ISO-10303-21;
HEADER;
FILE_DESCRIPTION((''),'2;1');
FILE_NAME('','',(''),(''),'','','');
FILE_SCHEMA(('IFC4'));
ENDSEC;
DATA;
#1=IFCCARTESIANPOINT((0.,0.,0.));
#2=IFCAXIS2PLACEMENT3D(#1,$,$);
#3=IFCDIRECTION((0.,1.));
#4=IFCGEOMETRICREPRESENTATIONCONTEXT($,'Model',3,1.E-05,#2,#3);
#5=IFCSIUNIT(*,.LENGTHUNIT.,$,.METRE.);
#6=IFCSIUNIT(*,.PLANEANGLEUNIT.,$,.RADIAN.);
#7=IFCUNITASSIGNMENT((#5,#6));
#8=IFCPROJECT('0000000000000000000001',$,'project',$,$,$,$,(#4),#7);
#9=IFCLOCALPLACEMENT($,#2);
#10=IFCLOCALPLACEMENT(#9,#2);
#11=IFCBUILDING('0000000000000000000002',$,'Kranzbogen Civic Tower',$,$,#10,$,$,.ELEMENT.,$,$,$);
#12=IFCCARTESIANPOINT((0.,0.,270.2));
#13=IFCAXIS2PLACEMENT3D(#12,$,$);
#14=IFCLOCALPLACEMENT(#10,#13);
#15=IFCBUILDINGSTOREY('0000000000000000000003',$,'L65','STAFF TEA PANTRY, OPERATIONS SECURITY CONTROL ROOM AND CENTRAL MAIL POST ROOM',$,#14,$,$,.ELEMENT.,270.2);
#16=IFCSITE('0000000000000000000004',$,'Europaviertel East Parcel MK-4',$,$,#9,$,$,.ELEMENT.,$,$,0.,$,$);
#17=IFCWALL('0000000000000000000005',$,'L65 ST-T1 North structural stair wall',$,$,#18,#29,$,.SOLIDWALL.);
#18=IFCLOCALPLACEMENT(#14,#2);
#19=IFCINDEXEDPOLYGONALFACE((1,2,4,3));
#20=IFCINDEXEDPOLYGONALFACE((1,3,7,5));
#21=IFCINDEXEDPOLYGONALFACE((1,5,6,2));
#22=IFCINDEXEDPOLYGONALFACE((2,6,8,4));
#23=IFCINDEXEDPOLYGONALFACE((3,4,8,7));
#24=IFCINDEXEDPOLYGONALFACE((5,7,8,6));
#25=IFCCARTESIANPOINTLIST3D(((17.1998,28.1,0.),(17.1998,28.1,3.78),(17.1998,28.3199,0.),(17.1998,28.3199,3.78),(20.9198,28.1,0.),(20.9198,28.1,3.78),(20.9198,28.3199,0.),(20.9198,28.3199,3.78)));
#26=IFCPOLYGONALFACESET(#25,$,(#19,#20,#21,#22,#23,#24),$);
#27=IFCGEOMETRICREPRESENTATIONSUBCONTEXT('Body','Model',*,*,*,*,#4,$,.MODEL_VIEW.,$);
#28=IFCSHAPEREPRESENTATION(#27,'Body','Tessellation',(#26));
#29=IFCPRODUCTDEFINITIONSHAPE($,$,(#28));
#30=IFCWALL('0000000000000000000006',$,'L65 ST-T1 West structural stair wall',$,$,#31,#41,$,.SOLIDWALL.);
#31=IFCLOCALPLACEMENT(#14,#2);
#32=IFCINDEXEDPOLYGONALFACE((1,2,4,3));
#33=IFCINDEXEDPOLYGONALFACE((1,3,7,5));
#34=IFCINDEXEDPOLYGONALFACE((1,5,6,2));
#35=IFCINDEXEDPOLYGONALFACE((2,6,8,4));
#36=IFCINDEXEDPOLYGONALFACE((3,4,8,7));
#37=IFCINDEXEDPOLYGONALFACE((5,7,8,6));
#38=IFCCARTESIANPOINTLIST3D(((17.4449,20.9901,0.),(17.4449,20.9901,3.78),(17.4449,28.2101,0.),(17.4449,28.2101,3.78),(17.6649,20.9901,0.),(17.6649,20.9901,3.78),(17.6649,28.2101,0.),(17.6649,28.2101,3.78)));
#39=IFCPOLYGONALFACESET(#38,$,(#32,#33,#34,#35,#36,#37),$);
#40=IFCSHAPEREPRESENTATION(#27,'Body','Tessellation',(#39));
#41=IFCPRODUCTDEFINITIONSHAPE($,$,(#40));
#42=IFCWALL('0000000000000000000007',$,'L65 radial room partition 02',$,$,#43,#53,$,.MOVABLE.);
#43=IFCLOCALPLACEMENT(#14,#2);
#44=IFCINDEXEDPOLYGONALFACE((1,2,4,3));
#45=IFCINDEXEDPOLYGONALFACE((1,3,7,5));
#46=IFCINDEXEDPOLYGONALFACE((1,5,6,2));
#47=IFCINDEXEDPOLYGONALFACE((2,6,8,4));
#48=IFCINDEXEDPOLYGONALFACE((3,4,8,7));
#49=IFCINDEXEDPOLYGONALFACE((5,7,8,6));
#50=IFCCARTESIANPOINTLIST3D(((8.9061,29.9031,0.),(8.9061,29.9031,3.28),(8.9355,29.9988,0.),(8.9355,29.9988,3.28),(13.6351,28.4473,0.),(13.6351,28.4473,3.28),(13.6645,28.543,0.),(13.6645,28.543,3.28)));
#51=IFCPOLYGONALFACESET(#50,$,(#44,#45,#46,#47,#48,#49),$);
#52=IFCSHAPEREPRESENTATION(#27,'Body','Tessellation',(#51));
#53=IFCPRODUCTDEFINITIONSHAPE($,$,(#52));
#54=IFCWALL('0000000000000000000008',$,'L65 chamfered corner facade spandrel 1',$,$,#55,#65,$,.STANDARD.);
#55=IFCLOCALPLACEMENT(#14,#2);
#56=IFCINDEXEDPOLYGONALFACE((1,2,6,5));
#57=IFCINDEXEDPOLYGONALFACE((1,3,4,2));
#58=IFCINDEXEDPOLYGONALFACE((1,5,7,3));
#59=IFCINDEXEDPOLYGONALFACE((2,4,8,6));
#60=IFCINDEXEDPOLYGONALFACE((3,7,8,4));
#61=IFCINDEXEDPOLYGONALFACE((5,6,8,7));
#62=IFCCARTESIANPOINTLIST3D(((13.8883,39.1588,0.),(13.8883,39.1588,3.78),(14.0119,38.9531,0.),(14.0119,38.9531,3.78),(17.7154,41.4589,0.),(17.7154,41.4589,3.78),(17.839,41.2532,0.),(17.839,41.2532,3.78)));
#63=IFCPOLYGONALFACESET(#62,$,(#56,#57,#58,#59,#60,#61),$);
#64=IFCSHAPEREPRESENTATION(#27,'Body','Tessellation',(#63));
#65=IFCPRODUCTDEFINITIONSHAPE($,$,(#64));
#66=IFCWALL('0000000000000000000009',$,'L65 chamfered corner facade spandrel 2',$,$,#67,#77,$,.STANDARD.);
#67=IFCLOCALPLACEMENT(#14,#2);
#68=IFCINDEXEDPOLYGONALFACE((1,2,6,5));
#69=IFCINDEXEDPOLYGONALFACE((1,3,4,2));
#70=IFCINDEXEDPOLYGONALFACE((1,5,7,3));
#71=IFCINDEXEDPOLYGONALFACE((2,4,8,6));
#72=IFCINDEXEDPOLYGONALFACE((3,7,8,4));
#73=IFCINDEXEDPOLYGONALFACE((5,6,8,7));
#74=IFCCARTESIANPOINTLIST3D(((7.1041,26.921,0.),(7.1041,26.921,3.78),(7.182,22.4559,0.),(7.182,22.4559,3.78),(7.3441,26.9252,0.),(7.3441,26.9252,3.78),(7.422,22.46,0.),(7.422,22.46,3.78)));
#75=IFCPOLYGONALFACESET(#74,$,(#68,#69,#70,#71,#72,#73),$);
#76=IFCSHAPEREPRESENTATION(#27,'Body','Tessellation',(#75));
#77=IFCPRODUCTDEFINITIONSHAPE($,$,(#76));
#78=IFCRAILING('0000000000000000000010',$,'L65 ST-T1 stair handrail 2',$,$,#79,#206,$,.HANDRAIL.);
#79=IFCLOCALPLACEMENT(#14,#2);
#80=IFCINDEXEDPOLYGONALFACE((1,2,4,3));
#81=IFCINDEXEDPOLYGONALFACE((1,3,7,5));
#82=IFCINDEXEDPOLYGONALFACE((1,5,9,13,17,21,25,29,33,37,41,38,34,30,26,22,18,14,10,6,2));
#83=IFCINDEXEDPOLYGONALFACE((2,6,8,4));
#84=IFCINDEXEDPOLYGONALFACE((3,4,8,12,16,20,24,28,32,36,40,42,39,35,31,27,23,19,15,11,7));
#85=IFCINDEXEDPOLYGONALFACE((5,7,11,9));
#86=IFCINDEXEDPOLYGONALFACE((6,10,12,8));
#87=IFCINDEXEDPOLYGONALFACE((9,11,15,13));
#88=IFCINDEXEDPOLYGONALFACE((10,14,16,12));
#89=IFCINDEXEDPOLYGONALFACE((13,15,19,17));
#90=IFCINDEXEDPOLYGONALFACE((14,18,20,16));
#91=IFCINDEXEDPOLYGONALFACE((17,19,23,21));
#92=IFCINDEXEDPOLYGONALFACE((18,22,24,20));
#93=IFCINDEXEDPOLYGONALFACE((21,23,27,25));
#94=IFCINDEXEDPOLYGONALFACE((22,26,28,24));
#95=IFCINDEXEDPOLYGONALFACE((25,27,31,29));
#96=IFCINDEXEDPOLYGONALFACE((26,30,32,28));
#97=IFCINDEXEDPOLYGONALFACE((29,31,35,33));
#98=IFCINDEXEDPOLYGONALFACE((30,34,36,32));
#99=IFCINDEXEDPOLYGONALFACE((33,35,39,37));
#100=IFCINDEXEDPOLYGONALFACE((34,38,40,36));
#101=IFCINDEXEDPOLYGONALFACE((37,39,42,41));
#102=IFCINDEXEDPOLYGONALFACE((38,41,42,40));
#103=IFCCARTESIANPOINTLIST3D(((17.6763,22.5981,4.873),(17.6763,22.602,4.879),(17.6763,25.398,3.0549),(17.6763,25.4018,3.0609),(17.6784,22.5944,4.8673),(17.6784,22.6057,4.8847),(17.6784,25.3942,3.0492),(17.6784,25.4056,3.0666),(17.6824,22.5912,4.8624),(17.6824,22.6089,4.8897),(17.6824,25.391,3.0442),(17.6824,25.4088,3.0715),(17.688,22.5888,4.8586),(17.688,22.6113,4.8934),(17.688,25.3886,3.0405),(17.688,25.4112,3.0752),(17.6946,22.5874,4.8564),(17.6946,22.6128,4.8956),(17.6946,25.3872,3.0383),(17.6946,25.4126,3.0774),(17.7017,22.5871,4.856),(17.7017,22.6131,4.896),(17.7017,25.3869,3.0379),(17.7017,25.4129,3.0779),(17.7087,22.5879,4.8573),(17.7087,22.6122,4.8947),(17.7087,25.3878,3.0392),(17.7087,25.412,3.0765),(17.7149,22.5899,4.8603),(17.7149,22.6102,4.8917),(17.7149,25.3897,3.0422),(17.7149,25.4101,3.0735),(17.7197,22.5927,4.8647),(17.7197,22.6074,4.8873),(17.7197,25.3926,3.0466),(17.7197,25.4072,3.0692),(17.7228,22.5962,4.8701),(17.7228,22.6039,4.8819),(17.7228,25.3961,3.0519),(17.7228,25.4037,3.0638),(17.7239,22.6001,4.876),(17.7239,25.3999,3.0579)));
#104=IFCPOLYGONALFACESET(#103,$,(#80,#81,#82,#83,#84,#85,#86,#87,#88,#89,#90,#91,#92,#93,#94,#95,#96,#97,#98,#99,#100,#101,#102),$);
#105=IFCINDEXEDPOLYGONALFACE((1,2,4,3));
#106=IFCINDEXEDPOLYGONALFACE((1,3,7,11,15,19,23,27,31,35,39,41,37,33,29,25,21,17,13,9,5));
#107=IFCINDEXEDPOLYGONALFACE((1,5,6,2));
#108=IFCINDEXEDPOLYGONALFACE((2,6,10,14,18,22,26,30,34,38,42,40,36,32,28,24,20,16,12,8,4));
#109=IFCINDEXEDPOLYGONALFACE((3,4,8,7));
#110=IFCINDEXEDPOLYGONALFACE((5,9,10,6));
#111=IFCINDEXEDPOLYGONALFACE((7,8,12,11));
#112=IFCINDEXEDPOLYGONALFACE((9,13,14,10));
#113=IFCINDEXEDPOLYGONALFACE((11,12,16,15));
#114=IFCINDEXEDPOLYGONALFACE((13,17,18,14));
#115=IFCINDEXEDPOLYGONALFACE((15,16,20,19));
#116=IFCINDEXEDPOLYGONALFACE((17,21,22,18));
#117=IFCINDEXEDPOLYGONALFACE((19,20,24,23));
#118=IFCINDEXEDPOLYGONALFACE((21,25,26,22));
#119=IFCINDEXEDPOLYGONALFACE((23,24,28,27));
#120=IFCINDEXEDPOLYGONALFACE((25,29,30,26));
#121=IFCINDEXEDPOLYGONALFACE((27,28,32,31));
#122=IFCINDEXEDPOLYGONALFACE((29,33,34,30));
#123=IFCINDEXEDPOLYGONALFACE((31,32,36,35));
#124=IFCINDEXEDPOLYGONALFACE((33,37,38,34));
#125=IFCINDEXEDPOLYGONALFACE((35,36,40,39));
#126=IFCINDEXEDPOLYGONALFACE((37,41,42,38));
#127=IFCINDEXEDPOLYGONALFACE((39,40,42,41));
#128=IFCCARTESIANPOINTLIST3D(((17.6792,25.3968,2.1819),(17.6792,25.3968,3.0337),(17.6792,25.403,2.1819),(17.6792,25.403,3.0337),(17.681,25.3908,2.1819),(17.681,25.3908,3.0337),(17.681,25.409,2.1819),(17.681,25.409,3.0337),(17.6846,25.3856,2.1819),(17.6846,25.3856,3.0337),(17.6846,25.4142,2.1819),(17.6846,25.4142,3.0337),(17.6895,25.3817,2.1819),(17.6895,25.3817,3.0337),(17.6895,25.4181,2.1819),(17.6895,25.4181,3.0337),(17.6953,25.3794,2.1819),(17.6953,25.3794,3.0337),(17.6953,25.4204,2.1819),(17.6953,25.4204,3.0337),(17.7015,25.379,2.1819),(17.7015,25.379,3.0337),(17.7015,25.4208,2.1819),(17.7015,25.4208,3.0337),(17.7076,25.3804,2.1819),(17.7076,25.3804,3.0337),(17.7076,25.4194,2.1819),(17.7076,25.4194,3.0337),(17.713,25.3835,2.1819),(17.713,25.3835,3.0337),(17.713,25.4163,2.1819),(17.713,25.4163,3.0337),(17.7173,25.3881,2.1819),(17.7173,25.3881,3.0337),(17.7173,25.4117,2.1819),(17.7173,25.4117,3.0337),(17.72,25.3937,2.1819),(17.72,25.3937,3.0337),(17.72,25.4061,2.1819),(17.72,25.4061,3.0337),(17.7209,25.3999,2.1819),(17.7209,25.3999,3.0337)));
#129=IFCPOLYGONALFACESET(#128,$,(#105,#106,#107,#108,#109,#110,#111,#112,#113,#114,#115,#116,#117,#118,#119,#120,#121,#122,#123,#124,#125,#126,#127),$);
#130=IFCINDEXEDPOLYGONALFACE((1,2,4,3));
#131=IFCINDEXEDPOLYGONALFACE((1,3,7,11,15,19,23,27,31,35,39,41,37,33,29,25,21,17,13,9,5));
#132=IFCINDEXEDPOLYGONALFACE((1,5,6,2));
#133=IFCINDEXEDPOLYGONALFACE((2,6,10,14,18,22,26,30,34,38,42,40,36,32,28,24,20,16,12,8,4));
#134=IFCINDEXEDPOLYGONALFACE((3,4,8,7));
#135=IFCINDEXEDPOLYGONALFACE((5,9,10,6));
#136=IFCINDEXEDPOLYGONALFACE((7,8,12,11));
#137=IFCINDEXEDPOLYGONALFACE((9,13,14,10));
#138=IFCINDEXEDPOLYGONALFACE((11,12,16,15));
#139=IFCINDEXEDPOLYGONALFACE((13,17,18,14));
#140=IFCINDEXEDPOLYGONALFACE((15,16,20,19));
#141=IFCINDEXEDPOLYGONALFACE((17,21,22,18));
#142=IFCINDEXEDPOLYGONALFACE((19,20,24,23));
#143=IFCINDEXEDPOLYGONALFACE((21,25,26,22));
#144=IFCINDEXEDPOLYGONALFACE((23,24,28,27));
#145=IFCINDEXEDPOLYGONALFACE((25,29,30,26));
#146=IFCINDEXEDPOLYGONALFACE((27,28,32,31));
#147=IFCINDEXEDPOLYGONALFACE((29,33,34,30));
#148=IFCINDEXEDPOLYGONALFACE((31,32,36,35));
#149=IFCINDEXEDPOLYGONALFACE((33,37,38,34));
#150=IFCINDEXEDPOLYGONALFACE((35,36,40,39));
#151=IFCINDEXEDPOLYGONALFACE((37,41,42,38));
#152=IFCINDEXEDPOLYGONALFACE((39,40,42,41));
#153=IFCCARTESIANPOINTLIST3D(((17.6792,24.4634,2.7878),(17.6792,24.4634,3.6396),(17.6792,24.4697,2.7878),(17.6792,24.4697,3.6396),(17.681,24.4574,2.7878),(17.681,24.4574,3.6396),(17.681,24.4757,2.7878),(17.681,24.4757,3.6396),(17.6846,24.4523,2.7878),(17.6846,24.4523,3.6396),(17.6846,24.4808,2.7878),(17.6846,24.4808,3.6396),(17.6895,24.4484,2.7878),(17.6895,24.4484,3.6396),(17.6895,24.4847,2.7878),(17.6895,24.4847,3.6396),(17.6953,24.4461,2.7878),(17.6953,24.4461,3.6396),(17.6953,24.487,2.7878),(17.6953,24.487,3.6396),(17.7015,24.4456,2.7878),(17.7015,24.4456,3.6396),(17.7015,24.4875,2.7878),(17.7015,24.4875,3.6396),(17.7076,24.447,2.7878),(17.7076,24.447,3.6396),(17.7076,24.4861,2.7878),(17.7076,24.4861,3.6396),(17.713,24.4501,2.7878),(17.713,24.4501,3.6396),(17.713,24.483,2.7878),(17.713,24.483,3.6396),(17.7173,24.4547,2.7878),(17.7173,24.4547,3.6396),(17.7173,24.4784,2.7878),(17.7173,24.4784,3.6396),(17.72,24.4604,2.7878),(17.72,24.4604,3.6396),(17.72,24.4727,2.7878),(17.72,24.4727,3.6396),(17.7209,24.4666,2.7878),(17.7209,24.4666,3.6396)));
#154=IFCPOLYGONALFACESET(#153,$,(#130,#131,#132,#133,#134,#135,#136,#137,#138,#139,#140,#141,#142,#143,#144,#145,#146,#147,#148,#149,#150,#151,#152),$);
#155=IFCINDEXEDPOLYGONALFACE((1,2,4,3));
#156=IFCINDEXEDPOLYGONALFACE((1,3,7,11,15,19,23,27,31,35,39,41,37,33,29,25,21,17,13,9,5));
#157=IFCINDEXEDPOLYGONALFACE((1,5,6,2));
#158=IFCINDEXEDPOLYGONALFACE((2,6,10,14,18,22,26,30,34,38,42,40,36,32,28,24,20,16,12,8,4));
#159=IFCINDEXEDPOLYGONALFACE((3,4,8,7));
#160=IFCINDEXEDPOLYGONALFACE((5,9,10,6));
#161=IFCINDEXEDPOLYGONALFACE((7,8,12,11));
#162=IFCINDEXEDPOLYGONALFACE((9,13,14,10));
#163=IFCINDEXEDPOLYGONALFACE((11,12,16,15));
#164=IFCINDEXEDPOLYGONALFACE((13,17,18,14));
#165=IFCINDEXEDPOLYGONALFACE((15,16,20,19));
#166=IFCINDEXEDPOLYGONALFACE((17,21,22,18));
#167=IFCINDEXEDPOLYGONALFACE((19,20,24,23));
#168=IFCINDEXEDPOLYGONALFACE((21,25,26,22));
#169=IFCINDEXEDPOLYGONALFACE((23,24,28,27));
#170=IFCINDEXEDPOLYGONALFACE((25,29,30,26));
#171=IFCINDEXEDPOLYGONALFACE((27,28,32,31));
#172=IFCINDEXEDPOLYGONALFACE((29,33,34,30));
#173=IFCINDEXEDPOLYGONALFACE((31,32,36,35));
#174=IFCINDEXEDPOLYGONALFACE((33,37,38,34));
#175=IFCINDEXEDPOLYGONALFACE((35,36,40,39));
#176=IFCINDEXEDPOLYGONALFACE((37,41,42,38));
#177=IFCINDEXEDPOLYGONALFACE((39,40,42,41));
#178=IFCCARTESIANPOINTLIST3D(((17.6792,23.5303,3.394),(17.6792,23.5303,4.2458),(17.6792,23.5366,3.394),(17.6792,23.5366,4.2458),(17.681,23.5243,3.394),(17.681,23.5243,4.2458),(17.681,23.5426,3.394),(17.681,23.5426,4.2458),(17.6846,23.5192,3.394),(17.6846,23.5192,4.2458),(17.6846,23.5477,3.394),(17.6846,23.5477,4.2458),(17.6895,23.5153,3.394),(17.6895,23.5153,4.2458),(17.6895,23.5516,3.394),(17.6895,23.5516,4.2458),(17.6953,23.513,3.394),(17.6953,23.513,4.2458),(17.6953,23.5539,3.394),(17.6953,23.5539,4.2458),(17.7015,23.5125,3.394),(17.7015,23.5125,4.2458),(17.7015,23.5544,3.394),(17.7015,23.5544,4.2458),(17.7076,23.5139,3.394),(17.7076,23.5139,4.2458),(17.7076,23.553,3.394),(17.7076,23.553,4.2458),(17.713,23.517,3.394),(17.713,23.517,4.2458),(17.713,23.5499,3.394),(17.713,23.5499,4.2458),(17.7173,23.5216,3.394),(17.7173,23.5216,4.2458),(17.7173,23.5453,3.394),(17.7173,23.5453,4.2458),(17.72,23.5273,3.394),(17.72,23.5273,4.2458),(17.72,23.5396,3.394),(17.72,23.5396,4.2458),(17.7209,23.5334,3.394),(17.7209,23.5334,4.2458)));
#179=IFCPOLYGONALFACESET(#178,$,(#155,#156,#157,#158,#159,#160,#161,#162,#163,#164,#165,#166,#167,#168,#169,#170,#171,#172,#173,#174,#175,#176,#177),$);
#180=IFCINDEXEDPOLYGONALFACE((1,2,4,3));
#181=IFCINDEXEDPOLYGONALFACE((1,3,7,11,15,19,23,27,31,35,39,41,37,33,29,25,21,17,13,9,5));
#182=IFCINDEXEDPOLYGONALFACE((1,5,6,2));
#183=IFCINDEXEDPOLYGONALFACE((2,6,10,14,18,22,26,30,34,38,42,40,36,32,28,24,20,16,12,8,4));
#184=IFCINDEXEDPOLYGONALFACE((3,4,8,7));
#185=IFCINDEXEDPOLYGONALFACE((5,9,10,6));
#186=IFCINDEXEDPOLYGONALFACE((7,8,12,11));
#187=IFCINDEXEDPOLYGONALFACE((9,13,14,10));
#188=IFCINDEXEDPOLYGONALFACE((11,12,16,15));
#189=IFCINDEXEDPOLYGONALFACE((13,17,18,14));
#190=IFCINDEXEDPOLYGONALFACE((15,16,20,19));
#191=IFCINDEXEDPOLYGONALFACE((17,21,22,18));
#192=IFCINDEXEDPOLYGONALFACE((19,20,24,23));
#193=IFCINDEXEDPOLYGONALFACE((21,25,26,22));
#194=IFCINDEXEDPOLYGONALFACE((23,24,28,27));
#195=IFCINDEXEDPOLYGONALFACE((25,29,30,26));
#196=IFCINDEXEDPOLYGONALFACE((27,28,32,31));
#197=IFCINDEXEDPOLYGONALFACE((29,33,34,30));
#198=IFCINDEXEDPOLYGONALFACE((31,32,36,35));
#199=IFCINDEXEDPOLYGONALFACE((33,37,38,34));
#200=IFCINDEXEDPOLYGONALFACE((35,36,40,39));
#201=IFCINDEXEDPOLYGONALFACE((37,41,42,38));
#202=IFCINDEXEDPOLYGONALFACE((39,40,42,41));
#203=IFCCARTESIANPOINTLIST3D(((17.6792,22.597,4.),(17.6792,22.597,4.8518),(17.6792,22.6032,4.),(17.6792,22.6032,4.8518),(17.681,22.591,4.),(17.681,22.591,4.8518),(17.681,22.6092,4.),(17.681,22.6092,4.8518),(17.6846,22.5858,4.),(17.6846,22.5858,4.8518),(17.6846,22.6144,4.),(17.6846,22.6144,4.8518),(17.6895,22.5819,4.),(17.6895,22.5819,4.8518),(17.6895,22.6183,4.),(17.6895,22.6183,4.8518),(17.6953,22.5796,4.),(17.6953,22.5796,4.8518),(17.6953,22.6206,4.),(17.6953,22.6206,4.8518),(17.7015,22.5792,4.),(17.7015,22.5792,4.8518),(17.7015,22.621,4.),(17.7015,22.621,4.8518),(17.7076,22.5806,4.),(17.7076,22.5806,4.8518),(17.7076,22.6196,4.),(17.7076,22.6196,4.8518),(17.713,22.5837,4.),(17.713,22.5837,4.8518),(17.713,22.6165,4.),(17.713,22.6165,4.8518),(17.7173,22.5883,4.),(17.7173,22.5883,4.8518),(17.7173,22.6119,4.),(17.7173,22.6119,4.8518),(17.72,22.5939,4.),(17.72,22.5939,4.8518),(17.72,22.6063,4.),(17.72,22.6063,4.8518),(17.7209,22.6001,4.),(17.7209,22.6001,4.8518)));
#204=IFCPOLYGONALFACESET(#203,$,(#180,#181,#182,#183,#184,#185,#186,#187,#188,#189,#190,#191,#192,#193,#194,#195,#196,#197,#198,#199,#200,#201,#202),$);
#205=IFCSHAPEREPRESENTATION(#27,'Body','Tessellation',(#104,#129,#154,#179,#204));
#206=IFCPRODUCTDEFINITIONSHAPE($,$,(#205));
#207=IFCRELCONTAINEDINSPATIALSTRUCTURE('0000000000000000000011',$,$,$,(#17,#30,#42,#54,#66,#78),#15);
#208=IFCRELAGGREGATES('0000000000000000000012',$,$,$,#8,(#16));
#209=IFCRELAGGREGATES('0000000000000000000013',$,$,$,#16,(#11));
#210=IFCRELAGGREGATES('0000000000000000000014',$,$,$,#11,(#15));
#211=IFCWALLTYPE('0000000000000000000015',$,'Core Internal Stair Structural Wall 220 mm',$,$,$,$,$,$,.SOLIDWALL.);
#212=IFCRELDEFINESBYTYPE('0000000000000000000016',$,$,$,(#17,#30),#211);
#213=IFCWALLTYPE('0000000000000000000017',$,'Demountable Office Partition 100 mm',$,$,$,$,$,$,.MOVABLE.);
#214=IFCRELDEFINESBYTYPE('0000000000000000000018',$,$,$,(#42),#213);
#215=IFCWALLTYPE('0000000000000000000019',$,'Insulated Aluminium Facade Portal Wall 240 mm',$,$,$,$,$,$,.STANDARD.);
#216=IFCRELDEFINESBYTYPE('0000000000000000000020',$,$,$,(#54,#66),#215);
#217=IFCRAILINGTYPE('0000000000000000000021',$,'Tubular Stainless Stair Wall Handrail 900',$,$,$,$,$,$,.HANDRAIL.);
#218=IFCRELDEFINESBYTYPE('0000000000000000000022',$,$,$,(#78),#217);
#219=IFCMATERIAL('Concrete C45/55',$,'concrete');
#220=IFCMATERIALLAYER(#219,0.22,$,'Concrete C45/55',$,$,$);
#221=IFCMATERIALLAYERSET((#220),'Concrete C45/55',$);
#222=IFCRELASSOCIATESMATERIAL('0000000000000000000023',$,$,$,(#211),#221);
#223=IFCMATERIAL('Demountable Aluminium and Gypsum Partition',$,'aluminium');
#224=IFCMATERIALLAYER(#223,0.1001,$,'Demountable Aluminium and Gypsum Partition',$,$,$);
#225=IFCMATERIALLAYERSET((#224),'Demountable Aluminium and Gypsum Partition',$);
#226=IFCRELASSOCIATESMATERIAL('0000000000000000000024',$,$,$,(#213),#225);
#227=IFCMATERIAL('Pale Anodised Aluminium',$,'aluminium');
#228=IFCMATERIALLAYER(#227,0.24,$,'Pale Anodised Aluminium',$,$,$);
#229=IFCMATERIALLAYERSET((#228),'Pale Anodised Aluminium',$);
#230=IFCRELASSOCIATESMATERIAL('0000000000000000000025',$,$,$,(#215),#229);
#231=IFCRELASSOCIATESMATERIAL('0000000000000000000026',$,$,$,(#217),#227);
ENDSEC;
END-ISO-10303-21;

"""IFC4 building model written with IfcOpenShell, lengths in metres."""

from ifc_helpers import new_model, si_unit, direction, frame, frame_2d, origin, origin_2d, place, context, subcontext, project, spatial, rectangle, circle, extrude, material, layer, layer_set, type_object, element, save


model = new_model("IFC4")

# Units and contexts
model_context = context("Model", 3, precision=1e-05, world=origin(), true_north=direction((0.0, 1.0)))
body_context = subcontext(model_context, "Body", "Model", "MODEL_VIEW")
ifc_project = project(units=[si_unit("LENGTHUNIT", "METRE"), si_unit("PLANEANGLEUNIT", "RADIAN")], contexts=[model_context])

# Site, building, storey
site_placement = place(None, origin())
site = spatial("IfcSite", under=ifc_project, at=site_placement, Name="Europaviertel East Parcel MK-4", CompositionType="ELEMENT", RefElevation=0.0)
building_placement = place(site_placement, origin())
building = spatial("IfcBuilding", under=site, at=building_placement, Name="Kranzbogen Civic Tower", CompositionType="ELEMENT")
storey_placement = place(building_placement, frame((0.0, 0.0, 270.2)))
storey = spatial("IfcBuildingStorey", under=building, at=storey_placement, Name="L65", Description="STAFF TEA PANTRY, OPERATIONS SECURITY CONTROL ROOM AND CENTRAL MAIL POST ROOM", CompositionType="ELEMENT", Elevation=270.2)

# Shared definitions
ifc_material_1 = material(Name="Pale Anodised Aluminium", Category="aluminium")

# Shared definitions
ifc_material_2 = material(Name="Concrete C45/55", Category="concrete")

# Walls
ifc_layer_1 = layer(ifc_material_2, 0.22, Name="Concrete C45/55")
ifc_layer_set_1 = layer_set([ifc_layer_1], Name="Concrete C45/55")
wall_type_1 = type_object("IfcWallType", Name="Core Internal Stair Structural Wall 220 mm", PredefinedType="SOLIDWALL", material=ifc_layer_set_1)
wall_1_placement = place(storey_placement, frame((17.2, 28.21, 0.0), z_axis=(0.0, 0.0, 1.0), x_axis=(1.0, 0.0, 0.0)))
element("IfcWall", 1, at=wall_1_placement, inside=storey, type_object=wall_type_1, Name="L65 ST-T1 North structural stair wall", PredefinedType="SOLIDWALL", context=body_context, shape_type="SweptSolid", body=[
    extrude(rectangle(XDim=3.72, YDim=0.22, at=frame_2d((1.8599, 0.0))), origin(), (0.0, 0.0, 1.0), 3.78),
])
wall_2_placement = place(storey_placement, frame((17.5549, 28.21, 0.0), z_axis=(0.0, 0.0, 1.0), x_axis=(0.0, -1.0, 0.0)))
element("IfcWall", 2, at=wall_2_placement, inside=storey, type_object=wall_type_1, Name="L65 ST-T1 West structural stair wall", PredefinedType="SOLIDWALL", context=body_context, shape_type="SweptSolid", body=[
    extrude(rectangle(XDim=7.22, YDim=0.22, at=frame_2d((3.6099, 0.0))), origin(), (0.0, 0.0, 1.0), 3.78),
])
ifc_material_3 = material(Name="Demountable Aluminium and Gypsum Partition", Category="aluminium")
ifc_layer_2 = layer(ifc_material_3, 0.1001, Name="Demountable Aluminium and Gypsum Partition")
ifc_layer_set_2 = layer_set([ifc_layer_2], Name="Demountable Aluminium and Gypsum Partition")
wall_type_2 = type_object("IfcWallType", Name="Demountable Office Partition 100 mm", PredefinedType="MOVABLE", material=ifc_layer_set_2)
wall_3_placement = place(storey_placement, frame((13.6499, 28.4951, 0.0), z_axis=(0.0, 0.0, 1.0), x_axis=(-0.955737, 0.294221, 0.0)))
element("IfcWall", 3, at=wall_3_placement, inside=storey, type_object=wall_type_2, Name="L65 radial room partition 02", PredefinedType="MOVABLE", context=body_context, shape_type="SweptSolid", body=[
    extrude(rectangle(XDim=4.948, YDim=0.1001, at=frame_2d((2.4741, 0.0))), origin(), (0.0, 0.0, 1.0), 3.28),
])
ifc_layer_3 = layer(ifc_material_1, 0.24, Name="Pale Anodised Aluminium")
ifc_layer_set_3 = layer_set([ifc_layer_3], Name="Pale Anodised Aluminium")
wall_type_3 = type_object("IfcWallType", Name="Insulated Aluminium Facade Portal Wall 240 mm", PredefinedType="STANDARD", material=ifc_layer_set_3)
wall_4_placement = place(storey_placement, frame((17.7771, 41.356, 0.0), z_axis=(0.0, 0.0, 1.0), x_axis=(-0.857121, -0.515115, 0.0)))
element("IfcWall", 4, at=wall_4_placement, inside=storey, type_object=wall_type_3, Name="L65 chamfered corner facade spandrel 1", PredefinedType="STANDARD", context=body_context, shape_type="SweptSolid", body=[
    extrude(rectangle(XDim=4.4651, YDim=0.24, at=frame_2d((2.2324, 0.0))), origin(), (0.0, 0.0, 1.0), 3.78),
])
wall_5_placement = place(storey_placement, frame((7.2241, 26.9231, 0.0), z_axis=(0.0, 0.0, 1.0), x_axis=(0.01744, -0.999848, 0.0)))
element("IfcWall", 5, at=wall_5_placement, inside=storey, type_object=wall_type_3, Name="L65 chamfered corner facade spandrel 2", PredefinedType="STANDARD", context=body_context, shape_type="SweptSolid", body=[
    extrude(rectangle(XDim=4.4658, YDim=0.24, at=frame_2d((2.2329, 0.0))), origin(), (0.0, 0.0, 1.0), 3.78),
])

# Railing
railing_type = type_object("IfcRailingType", Name="Tubular Stainless Stair Wall Handrail 900", PredefinedType="HANDRAIL", material=ifc_material_1)
railing_placement = place(storey_placement, frame((17.7, 25.3999, 2.1819)))
element("IfcRailing", 6, at=railing_placement, inside=storey, type_object=railing_type, Name="L65 ST-T1 stair handrail 2", PredefinedType="HANDRAIL", context=body_context, shape_type="SweptSolid", body=[
    extrude(circle(Radius=0.0239, at=origin_2d()), frame((0.0, 0.0, 0.876), z_axis=(0.0, -0.838684, 0.544618), x_axis=(1.0, 0.0, 0.0)), (0.0, 0.0, 1.0), 3.3384),
    extrude(circle(Radius=0.021, at=origin_2d()), origin(), (0.0, 0.0, 1.0), 0.8518),
    extrude(circle(Radius=0.021, at=origin_2d()), frame((0.0, -0.9333, 0.606)), (0.0, 0.0, 1.0), 0.8518),
    extrude(circle(Radius=0.021, at=origin_2d()), frame((0.0, -1.8665, 1.2122)), (0.0, 0.0, 1.0), 0.8518),
    extrude(circle(Radius=0.021, at=origin_2d()), frame((0.0, -2.7998, 1.8181)), (0.0, 0.0, 1.0), 0.8518),
])

save(model, "model.ifc")
